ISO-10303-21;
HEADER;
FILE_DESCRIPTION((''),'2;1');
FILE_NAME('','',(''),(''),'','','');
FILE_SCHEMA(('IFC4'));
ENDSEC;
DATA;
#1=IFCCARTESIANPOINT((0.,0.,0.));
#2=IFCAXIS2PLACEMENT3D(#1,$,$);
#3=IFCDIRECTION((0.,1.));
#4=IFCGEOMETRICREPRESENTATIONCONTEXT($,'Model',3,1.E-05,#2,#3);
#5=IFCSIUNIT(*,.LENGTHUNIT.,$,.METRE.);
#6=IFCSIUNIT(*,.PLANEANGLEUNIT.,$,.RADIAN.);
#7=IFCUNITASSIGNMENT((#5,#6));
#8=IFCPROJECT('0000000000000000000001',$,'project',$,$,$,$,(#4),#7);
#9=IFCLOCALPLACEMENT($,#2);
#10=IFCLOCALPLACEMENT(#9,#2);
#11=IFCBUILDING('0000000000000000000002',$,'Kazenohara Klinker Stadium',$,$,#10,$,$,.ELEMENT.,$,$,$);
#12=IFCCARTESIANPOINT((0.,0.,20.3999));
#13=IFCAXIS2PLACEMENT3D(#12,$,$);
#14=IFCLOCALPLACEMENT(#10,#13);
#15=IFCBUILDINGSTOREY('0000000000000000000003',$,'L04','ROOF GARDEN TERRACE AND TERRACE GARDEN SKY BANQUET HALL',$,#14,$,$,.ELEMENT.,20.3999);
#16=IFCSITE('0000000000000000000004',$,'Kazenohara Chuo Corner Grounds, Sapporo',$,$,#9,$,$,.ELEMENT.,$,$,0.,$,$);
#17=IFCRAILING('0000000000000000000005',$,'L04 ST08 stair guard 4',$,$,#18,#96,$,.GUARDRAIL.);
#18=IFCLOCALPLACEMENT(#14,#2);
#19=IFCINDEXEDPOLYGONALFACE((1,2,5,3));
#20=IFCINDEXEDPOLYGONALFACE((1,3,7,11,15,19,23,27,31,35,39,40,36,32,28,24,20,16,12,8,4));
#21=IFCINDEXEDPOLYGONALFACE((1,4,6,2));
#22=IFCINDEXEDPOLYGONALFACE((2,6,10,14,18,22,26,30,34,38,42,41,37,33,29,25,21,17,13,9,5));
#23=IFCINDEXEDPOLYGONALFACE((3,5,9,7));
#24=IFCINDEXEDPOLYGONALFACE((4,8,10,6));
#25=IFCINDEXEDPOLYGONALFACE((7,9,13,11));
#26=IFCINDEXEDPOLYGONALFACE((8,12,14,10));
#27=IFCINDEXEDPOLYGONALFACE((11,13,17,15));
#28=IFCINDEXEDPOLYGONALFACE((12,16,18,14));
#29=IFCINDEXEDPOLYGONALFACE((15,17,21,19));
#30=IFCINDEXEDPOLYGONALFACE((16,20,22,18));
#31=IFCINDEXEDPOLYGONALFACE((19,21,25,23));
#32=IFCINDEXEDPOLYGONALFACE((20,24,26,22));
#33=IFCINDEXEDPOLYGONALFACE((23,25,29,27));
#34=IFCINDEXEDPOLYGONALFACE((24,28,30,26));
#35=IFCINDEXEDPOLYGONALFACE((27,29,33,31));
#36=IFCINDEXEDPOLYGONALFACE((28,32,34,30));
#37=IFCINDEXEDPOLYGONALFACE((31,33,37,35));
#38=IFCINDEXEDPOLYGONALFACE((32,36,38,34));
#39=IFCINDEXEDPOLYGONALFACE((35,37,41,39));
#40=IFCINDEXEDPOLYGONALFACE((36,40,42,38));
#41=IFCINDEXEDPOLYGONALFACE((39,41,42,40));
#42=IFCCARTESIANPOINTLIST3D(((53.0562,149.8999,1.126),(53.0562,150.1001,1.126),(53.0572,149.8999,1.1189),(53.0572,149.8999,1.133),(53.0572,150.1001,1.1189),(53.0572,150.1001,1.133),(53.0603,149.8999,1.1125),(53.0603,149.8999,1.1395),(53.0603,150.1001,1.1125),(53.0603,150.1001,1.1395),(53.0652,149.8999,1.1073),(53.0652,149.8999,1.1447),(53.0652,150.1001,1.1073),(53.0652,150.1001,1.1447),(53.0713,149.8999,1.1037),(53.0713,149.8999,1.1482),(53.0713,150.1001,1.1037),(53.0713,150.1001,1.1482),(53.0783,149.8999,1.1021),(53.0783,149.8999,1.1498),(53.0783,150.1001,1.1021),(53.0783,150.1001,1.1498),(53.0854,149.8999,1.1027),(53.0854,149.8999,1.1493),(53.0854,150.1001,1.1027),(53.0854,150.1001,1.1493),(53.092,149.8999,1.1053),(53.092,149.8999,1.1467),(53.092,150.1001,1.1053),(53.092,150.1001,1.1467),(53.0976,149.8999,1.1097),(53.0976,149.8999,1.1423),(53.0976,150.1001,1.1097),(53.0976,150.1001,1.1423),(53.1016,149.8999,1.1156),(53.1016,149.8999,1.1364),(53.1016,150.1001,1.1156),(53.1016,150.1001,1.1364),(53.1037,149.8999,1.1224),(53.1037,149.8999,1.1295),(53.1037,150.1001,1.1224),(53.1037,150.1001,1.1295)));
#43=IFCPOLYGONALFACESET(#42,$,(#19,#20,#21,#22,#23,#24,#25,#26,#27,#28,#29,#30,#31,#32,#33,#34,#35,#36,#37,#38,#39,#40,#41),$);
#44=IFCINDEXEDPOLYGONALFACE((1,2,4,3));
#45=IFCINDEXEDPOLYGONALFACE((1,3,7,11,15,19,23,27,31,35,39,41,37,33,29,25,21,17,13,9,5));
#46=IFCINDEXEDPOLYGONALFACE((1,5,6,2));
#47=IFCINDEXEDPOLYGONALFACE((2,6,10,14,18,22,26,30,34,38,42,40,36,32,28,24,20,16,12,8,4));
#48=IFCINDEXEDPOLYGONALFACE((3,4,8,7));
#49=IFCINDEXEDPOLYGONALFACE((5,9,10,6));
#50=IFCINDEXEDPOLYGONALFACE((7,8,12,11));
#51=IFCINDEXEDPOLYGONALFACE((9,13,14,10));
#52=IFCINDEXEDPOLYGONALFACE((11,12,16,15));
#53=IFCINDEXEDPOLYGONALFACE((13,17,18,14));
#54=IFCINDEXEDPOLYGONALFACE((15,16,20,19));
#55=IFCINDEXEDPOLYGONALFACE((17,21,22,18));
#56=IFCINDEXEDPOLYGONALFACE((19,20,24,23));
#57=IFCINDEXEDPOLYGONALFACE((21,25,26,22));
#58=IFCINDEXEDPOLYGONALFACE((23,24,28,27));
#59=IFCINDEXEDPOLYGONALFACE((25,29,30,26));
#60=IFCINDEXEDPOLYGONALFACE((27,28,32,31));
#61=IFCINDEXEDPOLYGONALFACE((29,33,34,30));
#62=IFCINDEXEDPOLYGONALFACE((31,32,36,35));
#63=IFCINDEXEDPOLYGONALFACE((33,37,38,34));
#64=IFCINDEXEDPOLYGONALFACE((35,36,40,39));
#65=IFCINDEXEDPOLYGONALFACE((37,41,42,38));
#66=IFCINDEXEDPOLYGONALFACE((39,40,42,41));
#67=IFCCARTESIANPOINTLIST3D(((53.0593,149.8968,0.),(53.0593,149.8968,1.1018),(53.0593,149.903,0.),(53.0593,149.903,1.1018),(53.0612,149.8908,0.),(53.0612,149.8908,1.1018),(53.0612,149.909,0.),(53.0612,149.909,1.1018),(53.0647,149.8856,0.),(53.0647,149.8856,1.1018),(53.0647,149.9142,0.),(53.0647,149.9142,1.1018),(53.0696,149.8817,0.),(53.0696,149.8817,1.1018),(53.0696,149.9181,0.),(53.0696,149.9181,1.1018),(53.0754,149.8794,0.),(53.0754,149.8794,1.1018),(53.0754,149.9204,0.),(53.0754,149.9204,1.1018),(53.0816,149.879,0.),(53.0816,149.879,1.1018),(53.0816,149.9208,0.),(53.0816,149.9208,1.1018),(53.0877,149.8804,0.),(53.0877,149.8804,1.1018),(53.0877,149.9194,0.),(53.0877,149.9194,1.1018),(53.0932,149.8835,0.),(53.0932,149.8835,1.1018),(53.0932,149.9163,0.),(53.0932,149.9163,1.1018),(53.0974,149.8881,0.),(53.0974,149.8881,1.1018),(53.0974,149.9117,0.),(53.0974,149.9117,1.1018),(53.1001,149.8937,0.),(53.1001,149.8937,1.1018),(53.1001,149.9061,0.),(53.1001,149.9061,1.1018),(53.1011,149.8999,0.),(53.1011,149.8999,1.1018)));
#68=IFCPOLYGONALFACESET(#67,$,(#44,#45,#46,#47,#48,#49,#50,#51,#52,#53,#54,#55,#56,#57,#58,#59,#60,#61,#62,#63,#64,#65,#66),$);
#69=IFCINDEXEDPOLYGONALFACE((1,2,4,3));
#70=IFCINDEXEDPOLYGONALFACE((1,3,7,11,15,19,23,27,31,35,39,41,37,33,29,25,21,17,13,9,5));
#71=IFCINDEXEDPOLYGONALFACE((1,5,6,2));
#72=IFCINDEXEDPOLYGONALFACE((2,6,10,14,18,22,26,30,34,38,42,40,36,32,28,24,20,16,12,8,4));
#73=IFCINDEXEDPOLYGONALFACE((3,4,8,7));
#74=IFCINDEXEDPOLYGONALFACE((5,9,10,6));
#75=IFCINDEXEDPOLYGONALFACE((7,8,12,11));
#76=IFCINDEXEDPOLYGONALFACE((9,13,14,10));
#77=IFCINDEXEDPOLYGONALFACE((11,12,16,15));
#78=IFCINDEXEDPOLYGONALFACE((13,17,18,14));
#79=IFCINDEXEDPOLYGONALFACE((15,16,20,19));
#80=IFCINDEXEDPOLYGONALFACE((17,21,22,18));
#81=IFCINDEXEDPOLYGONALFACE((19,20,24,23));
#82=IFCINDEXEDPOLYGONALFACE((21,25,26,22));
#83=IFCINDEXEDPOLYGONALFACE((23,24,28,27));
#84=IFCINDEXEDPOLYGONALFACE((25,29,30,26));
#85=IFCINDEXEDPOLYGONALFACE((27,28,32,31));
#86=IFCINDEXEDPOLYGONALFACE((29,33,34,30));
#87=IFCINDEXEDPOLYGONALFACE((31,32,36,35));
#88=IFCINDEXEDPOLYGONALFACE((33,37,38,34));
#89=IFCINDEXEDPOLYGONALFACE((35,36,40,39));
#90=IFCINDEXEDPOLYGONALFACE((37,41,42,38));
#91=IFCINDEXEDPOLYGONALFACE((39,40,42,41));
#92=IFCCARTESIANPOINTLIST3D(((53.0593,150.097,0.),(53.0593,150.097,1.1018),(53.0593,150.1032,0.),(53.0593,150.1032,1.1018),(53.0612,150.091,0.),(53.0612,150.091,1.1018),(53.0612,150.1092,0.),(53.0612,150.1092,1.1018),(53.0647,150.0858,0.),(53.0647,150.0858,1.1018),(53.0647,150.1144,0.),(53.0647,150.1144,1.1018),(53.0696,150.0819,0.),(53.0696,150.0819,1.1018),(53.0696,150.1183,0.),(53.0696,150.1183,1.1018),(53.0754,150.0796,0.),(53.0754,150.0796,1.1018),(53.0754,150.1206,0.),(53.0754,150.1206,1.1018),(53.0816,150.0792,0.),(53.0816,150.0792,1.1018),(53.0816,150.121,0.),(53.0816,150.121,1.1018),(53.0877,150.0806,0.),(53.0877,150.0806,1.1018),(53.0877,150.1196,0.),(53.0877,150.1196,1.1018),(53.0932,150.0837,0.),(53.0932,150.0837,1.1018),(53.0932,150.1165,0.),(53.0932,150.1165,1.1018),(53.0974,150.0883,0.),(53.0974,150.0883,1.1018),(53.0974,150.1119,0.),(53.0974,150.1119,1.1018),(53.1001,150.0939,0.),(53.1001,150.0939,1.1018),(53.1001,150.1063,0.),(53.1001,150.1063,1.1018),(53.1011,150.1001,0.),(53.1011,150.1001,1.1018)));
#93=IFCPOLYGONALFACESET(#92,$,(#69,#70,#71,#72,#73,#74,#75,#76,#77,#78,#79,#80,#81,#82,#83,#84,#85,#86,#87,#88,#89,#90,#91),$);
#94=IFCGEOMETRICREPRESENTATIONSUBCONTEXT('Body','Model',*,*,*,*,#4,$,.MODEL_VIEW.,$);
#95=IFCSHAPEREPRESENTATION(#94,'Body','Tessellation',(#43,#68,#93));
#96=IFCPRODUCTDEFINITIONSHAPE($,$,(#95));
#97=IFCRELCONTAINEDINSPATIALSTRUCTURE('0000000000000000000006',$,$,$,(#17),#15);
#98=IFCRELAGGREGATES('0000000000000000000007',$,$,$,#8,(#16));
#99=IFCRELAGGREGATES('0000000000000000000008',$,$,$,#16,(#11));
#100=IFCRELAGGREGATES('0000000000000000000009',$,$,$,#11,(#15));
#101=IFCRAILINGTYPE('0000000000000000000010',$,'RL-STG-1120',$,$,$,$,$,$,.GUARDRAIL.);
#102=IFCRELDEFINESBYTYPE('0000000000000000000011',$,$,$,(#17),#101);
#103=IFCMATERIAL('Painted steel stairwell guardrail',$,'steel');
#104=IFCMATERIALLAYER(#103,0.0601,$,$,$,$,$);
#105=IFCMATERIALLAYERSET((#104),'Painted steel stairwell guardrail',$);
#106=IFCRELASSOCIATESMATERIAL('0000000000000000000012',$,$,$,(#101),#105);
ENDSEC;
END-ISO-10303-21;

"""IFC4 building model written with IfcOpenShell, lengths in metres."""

from ifc_helpers import new_model, si_unit, direction, frame, origin, origin_2d, place, context, subcontext, project, spatial, circle, extrude, material, layer, layer_set, type_object, element, save


model = new_model("IFC4")

# Units and contexts
model_context = context("Model", 3, precision=1e-05, world=origin(), true_north=direction((0.0, 1.0)))
body_context = subcontext(model_context, "Body", "Model", "MODEL_VIEW")
ifc_project = project(units=[si_unit("LENGTHUNIT", "METRE"), si_unit("PLANEANGLEUNIT", "RADIAN")], contexts=[model_context])

# Site, building, storey
site_placement = place(None, origin())
site = spatial("IfcSite", under=ifc_project, at=site_placement, Name="Kazenohara Chuo Corner Grounds, Sapporo", CompositionType="ELEMENT", RefElevation=0.0)
building_placement = place(site_placement, origin())
building = spatial("IfcBuilding", under=site, at=building_placement, Name="Kazenohara Klinker Stadium", CompositionType="ELEMENT")
storey_placement = place(building_placement, frame((0.0, 0.0, 20.3999)))
storey = spatial("IfcBuildingStorey", under=building, at=storey_placement, Name="L04", Description="ROOF GARDEN TERRACE AND TERRACE GARDEN SKY BANQUET HALL", CompositionType="ELEMENT", Elevation=20.3999)

# Railing
ifc_material_1 = material(Name="Painted steel stairwell guardrail", Category="steel")
ifc_layer_1 = layer(ifc_material_1, 0.0601)
ifc_layer_set_1 = layer_set([ifc_layer_1], Name="Painted steel stairwell guardrail")
railing_type_1 = type_object("IfcRailingType", Name="RL-STG-1120", PredefinedType="GUARDRAIL", material=ifc_layer_set_1)
railing_1_placement = place(storey_placement, frame((53.0801, 149.8999, 0.0)))
element("IfcRailing", 1, at=railing_1_placement, inside=storey, type_object=railing_type_1, Name="L04 ST08 stair guard 4", PredefinedType="GUARDRAIL", context=body_context, shape_type="SweptSolid", body=[
    extrude(circle(Radius=0.0239, at=origin_2d()), frame((0.0, 0.0, 1.126), z_axis=(0.0, 1.0, 0.0), x_axis=(-1.0, 0.0, 0.0)), (0.0, 0.0, 1.0), 0.2002),
    extrude(circle(Radius=0.021, at=origin_2d()), origin(), (0.0, 0.0, 1.0), 1.1018),
    extrude(circle(Radius=0.021, at=origin_2d()), frame((0.0, 0.2002, 0.0)), (0.0, 0.0, 1.0), 1.1018),
])

save(model, "model.ifc")
